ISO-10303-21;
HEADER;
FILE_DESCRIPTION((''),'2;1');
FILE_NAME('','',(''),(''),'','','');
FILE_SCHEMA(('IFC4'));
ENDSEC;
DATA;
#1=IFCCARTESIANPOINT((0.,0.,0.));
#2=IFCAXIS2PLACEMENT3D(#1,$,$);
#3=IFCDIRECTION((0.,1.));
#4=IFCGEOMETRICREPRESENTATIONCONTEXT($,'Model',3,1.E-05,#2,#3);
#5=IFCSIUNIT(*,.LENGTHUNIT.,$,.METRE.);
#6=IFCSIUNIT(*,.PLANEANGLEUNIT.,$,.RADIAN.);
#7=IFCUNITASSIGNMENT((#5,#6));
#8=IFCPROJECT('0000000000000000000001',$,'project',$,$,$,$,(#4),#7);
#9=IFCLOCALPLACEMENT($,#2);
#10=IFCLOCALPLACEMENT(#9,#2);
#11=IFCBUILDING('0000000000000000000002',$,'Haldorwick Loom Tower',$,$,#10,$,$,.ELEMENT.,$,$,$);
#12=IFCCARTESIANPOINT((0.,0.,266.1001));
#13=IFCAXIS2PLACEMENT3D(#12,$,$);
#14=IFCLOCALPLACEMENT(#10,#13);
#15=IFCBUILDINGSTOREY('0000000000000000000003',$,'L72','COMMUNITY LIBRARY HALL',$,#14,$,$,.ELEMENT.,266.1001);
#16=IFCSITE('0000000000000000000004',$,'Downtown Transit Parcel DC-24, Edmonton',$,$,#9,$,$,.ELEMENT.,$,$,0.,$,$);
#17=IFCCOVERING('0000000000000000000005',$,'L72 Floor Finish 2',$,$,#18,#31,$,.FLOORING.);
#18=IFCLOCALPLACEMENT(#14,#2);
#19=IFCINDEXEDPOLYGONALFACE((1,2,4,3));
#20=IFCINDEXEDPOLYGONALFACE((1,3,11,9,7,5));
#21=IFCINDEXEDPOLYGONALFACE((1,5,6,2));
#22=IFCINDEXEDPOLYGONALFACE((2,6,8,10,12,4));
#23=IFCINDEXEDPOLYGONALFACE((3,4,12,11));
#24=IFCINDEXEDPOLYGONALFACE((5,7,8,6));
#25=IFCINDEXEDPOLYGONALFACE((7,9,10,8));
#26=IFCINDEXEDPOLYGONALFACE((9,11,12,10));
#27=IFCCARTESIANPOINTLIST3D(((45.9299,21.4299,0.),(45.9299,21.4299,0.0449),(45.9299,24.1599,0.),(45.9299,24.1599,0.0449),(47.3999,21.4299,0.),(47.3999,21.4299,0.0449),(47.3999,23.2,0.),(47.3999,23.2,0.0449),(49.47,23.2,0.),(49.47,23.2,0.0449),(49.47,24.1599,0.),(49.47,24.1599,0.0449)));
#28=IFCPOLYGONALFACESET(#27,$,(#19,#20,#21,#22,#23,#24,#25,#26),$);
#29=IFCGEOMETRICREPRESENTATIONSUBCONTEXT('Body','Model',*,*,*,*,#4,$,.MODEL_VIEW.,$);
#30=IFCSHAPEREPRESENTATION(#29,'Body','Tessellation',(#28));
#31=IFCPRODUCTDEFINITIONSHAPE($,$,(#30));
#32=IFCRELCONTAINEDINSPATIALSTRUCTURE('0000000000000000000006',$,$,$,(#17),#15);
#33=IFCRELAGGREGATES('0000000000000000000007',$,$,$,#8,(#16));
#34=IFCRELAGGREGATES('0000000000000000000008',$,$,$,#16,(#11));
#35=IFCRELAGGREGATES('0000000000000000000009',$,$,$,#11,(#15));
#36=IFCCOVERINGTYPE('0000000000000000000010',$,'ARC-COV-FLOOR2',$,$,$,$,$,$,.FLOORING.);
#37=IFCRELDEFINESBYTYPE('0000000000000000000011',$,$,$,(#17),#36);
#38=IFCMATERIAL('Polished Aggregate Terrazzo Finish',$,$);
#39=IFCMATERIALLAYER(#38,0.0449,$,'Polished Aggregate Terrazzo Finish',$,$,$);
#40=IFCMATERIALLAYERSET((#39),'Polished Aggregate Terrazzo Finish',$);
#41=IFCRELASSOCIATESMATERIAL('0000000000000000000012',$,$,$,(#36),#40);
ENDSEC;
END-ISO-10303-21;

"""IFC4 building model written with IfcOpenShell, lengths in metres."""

from ifc_helpers import new_model, si_unit, direction, frame, origin, place, context, subcontext, project, spatial, polyline, outline, extrude, material, layer, layer_set, type_object, element, save


model = new_model("IFC4")

# Units and contexts
model_context = context("Model", 3, precision=1e-05, world=origin(), true_north=direction((0.0, 1.0)))
body_context = subcontext(model_context, "Body", "Model", "MODEL_VIEW")
ifc_project = project(units=[si_unit("LENGTHUNIT", "METRE"), si_unit("PLANEANGLEUNIT", "RADIAN")], contexts=[model_context])

# Site, building, storey
site_placement = place(None, origin())
site = spatial("IfcSite", under=ifc_project, at=site_placement, Name="Downtown Transit Parcel DC-24, Edmonton", CompositionType="ELEMENT", RefElevation=0.0)
building_placement = place(site_placement, origin())
building = spatial("IfcBuilding", under=site, at=building_placement, Name="Haldorwick Loom Tower", CompositionType="ELEMENT")
storey_placement = place(building_placement, frame((0.0, 0.0, 266.1001)))
storey = spatial("IfcBuildingStorey", under=building, at=storey_placement, Name="L72", Description="COMMUNITY LIBRARY HALL", CompositionType="ELEMENT", Elevation=266.1001)

# Covering
ifc_material_1 = material(Name="Polished Aggregate Terrazzo Finish")
ifc_layer_1 = layer(ifc_material_1, 0.0449, Name="Polished Aggregate Terrazzo Finish")
ifc_layer_set_1 = layer_set([ifc_layer_1], Name="Polished Aggregate Terrazzo Finish")
covering_type_1 = type_object("IfcCoveringType", Name="ARC-COV-FLOOR2", PredefinedType="FLOORING", material=ifc_layer_set_1)
covering_1_placement = place(storey_placement, origin())
element("IfcCovering", 1, at=covering_1_placement, inside=storey, type_object=covering_type_1, Name="L72 Floor Finish 2", PredefinedType="FLOORING", context=body_context, shape_type="SweptSolid", body=[
    extrude(outline(polyline([(45.9299, 24.1599), (45.9299, 21.4299), (47.3999, 21.4299), (47.3999, 23.2), (49.47, 23.2), (49.47, 24.1599), (45.9299, 24.1599)])), origin(), (0.0, 0.0, 1.0), 0.0449),
])

save(model, "model.ifc")
